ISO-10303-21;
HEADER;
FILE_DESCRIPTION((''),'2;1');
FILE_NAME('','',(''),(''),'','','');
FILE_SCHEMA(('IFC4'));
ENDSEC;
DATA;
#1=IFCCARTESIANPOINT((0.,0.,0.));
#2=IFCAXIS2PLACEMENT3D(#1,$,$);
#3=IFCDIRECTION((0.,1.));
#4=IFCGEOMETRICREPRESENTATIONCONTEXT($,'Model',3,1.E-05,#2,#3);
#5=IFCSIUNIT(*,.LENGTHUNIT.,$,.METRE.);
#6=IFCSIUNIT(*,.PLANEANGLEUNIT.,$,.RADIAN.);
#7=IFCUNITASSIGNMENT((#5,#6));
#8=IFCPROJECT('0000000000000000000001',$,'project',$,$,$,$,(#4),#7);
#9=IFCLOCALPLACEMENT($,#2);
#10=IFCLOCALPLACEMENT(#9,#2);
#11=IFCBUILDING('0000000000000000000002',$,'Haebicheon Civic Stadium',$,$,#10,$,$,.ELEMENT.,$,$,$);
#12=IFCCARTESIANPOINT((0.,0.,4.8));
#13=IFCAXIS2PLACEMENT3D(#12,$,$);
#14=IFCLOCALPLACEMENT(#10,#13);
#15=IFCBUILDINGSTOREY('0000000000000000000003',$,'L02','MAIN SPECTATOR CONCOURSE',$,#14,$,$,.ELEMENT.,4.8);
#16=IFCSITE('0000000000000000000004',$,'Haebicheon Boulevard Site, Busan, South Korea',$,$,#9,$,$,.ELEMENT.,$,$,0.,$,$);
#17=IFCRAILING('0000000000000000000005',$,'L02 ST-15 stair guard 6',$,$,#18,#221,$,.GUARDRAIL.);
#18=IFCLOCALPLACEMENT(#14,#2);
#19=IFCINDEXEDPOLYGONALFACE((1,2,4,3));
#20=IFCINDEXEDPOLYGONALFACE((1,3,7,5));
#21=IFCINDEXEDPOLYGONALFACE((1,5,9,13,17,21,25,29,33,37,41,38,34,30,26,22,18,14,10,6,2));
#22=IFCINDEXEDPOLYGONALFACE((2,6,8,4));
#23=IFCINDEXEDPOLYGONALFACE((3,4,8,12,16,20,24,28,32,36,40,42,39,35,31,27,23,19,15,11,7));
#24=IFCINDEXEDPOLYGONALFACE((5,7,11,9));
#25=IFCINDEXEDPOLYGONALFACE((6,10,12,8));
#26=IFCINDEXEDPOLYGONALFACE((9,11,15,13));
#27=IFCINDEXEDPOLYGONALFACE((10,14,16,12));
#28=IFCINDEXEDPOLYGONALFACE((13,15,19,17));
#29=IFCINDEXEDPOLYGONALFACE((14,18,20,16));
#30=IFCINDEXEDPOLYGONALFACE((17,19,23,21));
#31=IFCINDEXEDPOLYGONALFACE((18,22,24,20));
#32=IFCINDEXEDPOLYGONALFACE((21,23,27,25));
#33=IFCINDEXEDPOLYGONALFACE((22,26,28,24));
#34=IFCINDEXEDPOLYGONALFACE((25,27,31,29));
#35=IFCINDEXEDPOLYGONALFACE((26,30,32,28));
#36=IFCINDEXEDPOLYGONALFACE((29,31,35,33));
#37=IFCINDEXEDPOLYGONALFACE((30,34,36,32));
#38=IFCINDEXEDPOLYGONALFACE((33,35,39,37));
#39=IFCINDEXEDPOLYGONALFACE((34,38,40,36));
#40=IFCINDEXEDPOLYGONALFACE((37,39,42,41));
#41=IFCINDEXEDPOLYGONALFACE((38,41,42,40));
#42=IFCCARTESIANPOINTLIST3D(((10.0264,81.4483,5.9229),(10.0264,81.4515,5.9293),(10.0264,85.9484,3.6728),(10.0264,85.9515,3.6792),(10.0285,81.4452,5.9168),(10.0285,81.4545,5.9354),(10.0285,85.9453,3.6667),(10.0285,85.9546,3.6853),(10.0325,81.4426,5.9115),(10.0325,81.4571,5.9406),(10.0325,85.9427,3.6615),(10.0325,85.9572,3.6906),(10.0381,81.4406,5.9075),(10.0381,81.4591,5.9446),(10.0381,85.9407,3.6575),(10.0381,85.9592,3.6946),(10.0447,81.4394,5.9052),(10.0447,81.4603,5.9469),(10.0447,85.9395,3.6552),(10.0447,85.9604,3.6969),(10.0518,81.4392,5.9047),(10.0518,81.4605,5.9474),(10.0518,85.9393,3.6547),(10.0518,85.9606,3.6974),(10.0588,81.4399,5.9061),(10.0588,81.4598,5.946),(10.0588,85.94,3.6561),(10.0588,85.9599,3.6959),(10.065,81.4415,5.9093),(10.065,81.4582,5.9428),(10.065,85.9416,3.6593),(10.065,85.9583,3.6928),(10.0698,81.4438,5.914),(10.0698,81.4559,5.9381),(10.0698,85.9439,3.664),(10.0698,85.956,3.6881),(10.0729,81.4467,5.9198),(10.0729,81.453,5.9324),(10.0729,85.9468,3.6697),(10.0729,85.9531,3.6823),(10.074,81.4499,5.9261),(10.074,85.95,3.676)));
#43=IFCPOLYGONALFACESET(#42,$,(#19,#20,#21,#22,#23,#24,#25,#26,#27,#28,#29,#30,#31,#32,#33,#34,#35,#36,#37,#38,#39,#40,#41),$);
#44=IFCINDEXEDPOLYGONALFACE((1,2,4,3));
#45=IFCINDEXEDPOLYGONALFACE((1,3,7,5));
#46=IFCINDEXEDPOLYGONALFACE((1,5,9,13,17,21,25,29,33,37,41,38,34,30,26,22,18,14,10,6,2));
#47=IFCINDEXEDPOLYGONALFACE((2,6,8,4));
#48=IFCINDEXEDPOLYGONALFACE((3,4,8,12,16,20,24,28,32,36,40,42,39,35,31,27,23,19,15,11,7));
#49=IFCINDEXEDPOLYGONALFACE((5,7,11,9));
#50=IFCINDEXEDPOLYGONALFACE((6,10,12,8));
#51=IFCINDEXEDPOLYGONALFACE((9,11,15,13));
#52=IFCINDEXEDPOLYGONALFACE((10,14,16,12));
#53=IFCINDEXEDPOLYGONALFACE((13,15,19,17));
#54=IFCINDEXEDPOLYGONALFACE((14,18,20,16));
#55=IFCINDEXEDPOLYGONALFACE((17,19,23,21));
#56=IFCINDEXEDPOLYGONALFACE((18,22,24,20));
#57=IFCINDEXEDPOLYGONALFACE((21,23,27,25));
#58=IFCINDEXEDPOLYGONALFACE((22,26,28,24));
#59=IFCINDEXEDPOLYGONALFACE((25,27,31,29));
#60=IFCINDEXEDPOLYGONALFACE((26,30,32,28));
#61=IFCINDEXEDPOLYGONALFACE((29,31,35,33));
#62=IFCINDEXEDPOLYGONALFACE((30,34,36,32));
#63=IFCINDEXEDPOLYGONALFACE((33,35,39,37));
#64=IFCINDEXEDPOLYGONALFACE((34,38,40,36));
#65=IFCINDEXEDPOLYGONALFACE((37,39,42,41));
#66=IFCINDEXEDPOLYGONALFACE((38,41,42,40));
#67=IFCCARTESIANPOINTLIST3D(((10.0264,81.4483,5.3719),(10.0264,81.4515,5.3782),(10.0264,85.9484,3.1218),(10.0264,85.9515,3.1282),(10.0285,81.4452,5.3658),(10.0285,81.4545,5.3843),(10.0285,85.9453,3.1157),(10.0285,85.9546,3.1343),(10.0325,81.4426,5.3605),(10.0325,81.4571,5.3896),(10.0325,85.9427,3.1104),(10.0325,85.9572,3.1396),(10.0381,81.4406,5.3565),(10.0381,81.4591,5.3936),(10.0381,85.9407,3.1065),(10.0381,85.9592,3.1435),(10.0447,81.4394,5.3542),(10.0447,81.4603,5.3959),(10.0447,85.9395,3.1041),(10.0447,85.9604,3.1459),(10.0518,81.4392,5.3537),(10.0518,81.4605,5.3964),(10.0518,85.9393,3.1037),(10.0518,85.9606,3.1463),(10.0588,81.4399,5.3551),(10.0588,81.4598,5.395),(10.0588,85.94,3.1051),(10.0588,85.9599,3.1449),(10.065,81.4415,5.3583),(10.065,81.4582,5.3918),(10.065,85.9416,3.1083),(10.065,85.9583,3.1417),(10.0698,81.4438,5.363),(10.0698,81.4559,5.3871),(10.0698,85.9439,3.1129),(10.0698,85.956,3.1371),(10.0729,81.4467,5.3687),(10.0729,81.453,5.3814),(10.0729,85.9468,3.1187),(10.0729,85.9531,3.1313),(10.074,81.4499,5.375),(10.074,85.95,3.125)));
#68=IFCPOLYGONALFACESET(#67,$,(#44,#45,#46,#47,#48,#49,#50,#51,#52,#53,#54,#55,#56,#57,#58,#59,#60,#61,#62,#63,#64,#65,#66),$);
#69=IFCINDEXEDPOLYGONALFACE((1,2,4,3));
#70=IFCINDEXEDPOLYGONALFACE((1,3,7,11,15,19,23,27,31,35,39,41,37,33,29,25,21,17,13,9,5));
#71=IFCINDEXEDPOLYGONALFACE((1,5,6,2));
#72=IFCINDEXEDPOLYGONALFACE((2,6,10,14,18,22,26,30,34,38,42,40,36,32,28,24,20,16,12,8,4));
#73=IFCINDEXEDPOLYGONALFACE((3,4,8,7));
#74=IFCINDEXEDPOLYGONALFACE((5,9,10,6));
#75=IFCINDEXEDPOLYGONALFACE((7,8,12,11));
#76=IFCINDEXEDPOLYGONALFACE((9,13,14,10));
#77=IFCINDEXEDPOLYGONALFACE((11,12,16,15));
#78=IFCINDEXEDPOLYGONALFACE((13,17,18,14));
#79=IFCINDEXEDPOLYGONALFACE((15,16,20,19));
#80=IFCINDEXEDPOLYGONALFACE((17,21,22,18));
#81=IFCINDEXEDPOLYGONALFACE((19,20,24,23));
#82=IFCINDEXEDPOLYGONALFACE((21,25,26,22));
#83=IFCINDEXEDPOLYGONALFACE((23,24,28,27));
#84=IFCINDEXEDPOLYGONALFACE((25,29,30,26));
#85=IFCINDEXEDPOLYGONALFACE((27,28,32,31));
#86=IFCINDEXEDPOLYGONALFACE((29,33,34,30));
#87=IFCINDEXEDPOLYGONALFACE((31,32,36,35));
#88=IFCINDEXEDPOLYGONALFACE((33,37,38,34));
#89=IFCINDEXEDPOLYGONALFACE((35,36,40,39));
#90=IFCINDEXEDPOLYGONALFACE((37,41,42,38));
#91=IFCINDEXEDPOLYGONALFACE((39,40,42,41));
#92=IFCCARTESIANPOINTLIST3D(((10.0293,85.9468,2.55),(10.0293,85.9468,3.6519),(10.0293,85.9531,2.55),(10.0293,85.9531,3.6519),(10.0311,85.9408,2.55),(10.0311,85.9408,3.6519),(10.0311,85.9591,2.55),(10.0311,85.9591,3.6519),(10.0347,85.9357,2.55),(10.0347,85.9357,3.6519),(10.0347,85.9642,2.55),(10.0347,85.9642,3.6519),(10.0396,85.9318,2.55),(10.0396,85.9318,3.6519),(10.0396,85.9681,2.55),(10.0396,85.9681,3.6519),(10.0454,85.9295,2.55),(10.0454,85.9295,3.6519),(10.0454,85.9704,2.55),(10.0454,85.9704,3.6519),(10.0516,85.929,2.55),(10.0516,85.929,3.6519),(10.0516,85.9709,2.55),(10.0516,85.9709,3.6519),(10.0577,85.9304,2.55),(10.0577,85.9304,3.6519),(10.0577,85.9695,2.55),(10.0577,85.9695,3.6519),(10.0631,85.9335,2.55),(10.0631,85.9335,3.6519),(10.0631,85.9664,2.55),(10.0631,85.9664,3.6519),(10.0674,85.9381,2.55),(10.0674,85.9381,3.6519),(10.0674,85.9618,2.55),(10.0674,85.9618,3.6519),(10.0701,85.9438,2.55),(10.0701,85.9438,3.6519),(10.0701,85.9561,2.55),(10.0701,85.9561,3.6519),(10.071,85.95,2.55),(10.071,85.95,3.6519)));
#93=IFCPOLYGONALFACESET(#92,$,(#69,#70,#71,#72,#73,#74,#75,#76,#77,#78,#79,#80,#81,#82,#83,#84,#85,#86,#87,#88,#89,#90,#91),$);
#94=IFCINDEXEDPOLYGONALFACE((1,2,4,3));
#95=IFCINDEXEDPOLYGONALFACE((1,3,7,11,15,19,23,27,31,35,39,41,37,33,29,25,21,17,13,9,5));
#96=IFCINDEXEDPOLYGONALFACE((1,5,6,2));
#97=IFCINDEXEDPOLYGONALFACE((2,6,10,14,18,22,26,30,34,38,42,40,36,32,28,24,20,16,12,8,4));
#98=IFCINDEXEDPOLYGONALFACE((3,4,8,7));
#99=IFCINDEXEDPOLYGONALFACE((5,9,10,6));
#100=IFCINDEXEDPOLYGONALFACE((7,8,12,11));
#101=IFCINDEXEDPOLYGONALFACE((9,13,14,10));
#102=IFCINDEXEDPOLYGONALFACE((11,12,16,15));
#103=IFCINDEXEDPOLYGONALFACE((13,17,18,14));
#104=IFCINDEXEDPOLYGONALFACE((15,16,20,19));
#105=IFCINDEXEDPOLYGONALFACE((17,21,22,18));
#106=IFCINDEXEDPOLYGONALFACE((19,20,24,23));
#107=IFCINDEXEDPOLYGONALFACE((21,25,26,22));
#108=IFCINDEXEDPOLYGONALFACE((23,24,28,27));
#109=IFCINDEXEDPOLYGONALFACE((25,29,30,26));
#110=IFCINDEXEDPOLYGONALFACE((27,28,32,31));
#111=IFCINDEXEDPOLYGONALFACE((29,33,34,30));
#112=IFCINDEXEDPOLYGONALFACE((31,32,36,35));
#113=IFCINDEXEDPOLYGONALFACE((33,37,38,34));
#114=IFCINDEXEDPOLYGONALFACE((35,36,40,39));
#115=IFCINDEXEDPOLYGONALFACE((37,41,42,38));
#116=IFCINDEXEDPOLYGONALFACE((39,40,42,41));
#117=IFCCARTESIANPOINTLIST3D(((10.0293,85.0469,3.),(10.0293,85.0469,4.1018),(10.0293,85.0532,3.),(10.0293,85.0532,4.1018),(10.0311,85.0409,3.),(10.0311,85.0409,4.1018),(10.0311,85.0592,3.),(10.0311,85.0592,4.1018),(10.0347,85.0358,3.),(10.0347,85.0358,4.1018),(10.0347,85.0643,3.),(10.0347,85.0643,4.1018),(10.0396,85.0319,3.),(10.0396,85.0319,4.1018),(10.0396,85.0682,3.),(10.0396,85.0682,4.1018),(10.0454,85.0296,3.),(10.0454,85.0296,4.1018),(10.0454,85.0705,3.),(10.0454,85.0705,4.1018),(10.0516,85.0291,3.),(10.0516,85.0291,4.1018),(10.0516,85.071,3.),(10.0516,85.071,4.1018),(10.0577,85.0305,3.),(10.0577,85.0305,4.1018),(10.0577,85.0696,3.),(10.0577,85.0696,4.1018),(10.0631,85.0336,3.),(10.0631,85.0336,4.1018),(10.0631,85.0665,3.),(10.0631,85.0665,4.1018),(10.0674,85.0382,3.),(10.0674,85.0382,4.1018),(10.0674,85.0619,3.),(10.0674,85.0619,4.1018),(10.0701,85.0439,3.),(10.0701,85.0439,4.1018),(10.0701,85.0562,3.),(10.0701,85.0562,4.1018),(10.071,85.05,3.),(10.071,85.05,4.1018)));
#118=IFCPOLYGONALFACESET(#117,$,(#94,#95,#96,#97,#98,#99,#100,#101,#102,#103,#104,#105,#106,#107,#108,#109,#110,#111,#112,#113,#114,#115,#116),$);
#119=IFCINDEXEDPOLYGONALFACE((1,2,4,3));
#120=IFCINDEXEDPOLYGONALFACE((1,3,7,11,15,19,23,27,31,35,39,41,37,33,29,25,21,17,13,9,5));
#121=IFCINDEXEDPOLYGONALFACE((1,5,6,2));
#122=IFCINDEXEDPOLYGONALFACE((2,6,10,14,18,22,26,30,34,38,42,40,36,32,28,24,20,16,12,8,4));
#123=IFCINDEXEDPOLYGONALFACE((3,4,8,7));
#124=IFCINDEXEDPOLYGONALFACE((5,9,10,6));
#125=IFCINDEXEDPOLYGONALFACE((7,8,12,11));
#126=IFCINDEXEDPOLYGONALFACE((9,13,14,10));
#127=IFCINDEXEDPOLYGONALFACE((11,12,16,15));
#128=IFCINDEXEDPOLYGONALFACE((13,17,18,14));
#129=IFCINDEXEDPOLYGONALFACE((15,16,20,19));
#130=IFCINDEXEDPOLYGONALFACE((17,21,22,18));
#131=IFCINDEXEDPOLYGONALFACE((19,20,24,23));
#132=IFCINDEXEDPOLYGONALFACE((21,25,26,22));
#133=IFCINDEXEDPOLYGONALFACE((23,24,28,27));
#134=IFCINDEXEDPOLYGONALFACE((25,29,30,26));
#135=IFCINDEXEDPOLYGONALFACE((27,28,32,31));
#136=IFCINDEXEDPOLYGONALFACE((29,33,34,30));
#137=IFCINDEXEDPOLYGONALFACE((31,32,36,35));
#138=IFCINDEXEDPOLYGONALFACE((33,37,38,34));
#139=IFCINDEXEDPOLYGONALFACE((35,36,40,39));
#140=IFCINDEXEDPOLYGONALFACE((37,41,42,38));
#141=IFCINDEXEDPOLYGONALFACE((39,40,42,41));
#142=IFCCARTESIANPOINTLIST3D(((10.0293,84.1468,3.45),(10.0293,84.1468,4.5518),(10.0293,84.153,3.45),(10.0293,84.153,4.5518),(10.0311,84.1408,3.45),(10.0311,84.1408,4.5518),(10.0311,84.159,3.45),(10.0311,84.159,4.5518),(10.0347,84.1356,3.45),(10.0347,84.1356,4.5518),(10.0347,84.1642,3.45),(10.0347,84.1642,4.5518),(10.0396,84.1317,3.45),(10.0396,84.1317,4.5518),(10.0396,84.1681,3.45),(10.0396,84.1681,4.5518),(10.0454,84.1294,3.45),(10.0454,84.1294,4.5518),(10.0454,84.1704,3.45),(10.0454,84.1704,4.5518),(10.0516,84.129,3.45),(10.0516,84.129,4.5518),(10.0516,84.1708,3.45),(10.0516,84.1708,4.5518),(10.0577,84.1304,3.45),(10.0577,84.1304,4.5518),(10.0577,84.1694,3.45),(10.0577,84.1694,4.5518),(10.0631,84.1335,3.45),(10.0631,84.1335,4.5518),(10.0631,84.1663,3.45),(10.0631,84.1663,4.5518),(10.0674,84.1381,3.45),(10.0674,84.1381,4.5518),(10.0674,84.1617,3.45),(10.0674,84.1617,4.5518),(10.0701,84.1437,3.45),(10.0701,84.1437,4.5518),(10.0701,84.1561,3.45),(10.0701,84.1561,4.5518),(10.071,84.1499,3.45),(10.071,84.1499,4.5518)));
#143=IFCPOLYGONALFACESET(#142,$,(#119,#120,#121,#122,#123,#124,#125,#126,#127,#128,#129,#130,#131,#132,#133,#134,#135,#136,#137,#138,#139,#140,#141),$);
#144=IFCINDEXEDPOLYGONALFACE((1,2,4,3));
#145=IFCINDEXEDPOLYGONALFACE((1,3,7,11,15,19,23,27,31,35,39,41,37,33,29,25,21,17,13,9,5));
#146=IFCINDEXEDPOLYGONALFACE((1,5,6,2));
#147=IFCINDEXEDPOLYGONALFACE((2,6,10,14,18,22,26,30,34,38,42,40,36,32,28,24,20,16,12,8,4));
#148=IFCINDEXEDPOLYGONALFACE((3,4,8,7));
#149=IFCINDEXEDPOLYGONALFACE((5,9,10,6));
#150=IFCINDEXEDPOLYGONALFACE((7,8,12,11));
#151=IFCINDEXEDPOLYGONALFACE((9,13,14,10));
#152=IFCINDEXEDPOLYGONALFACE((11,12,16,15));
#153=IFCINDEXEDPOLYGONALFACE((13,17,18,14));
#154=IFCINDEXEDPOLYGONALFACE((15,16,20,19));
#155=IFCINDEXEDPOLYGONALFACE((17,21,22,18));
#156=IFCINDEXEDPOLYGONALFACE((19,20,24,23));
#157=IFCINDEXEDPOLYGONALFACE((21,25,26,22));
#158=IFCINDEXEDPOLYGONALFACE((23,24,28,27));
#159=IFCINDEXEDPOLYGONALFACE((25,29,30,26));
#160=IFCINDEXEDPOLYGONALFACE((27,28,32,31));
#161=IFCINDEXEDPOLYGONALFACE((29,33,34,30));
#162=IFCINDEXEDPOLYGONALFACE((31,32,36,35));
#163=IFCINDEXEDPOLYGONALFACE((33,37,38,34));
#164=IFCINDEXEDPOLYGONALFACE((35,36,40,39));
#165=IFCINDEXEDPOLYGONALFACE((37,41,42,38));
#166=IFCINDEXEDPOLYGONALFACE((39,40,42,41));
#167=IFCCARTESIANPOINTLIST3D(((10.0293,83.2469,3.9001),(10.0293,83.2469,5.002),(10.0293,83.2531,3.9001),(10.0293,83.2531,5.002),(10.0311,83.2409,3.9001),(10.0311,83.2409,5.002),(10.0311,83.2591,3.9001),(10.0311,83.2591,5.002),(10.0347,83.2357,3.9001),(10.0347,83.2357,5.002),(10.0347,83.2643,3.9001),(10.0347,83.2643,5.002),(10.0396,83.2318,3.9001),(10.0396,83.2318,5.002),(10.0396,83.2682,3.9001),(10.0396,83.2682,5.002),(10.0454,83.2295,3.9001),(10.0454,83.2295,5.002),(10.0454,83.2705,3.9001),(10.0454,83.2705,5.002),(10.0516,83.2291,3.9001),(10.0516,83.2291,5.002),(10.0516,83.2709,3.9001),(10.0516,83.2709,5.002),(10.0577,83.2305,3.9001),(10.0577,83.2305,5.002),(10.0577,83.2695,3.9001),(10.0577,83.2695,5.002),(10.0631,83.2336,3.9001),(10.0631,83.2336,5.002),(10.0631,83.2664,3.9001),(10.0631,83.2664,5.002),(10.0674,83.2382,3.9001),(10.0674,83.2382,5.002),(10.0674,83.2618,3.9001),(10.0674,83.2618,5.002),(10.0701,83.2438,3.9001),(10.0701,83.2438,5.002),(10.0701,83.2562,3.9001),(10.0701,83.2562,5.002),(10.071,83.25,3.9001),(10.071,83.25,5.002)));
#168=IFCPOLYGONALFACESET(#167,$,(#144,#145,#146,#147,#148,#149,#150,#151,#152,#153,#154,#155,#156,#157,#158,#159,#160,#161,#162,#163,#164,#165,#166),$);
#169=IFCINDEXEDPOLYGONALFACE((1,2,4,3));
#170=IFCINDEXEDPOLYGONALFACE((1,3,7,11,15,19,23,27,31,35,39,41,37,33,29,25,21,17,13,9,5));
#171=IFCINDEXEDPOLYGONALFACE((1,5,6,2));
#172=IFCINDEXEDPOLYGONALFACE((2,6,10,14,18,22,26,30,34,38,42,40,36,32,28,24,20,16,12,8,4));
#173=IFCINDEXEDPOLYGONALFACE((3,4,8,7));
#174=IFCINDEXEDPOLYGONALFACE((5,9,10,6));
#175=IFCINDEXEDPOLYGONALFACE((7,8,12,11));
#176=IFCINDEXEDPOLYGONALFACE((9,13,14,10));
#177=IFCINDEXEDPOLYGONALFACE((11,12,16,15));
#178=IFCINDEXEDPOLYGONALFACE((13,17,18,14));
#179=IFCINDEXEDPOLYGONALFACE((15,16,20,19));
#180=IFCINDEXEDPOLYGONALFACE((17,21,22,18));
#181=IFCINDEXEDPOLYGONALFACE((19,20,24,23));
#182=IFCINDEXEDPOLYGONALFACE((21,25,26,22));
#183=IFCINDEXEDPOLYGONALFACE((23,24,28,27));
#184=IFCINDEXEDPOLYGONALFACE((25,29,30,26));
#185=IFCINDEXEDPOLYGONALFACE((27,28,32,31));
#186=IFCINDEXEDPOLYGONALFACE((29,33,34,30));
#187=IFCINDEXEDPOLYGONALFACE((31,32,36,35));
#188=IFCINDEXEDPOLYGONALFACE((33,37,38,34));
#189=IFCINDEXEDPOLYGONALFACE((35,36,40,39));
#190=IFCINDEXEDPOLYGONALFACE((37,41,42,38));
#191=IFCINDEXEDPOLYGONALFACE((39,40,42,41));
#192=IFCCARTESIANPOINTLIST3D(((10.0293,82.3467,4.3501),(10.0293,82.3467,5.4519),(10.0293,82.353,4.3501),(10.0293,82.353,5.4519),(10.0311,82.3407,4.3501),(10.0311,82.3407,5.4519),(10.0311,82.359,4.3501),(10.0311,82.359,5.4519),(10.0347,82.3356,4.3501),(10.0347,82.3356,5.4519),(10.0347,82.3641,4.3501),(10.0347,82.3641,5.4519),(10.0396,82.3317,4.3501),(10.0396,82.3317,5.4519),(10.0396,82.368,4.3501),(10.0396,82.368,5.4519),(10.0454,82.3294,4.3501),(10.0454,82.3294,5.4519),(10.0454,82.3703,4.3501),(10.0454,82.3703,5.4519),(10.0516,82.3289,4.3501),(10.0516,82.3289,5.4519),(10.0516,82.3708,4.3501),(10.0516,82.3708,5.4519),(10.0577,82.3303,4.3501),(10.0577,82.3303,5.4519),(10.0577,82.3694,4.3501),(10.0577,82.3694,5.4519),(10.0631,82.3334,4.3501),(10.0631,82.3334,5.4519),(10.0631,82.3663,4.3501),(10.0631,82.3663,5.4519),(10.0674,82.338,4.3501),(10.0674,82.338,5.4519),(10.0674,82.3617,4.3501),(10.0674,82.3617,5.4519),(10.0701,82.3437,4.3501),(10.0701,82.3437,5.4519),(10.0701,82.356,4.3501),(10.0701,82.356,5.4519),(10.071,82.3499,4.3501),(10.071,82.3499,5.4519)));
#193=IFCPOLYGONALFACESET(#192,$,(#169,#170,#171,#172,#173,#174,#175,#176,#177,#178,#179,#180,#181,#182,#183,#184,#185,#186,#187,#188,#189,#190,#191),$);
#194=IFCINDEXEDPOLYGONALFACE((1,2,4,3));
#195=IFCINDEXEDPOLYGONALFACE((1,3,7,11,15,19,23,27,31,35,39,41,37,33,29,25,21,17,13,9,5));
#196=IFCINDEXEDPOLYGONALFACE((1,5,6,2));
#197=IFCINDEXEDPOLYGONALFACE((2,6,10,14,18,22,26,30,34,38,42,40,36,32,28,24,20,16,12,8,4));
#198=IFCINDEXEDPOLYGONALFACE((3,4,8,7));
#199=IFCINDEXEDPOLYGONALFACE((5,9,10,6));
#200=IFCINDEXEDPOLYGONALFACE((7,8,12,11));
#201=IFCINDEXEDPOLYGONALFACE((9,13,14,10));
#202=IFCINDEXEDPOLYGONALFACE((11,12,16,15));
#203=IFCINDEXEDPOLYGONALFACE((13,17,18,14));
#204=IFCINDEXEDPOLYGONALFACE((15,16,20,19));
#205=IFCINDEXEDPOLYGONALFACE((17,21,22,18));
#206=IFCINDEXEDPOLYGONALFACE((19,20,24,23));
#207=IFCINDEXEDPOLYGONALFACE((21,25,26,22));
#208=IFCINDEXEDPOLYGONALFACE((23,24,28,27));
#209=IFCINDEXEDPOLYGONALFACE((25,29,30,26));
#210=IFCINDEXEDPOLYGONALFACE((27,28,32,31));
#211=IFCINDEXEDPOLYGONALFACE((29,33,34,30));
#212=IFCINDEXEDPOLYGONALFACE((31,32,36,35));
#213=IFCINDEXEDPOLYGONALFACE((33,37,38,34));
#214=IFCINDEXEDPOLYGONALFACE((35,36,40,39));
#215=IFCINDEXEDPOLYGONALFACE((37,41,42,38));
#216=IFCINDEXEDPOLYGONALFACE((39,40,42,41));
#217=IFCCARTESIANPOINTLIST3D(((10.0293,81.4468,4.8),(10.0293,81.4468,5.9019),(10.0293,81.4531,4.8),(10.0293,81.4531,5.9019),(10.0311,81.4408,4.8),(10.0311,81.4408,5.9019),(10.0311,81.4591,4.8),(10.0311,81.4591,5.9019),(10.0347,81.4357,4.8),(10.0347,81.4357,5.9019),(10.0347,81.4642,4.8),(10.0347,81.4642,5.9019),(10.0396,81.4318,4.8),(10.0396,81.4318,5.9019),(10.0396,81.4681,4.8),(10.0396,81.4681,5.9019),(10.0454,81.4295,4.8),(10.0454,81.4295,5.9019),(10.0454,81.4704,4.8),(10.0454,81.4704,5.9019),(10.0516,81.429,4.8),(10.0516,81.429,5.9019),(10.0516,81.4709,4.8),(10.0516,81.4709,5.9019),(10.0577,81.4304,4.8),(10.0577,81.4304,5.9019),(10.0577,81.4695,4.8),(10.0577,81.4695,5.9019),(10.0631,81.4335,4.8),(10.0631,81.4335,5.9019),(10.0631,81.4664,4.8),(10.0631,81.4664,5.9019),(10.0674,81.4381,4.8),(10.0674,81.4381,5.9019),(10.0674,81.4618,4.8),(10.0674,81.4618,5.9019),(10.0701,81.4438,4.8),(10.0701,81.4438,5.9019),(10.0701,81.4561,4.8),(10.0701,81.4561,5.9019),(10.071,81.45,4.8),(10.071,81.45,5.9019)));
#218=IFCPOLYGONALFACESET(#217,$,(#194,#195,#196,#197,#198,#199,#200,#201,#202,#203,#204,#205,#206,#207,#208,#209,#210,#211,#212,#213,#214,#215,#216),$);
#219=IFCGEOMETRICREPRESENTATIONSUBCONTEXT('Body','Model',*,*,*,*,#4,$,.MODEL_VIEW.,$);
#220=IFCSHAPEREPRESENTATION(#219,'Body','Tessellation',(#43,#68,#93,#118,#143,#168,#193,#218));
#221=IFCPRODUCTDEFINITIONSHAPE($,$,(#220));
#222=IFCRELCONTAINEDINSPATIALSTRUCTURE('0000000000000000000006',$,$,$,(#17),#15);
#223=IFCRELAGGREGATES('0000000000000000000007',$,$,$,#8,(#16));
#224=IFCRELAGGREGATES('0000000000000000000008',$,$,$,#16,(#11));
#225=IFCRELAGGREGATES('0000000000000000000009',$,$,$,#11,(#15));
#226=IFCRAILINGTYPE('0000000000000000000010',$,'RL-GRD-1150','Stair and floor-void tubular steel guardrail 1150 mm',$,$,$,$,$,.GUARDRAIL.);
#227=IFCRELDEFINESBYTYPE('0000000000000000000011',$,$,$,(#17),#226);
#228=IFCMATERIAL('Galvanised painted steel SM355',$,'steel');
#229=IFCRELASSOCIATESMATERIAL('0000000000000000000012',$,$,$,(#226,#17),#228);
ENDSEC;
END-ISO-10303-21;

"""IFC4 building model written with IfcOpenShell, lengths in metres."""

from ifc_helpers import new_model, si_unit, direction, frame, origin, origin_2d, place, context, subcontext, project, spatial, circle, extrude, material, type_object, element, save


model = new_model("IFC4")

# Units and contexts
model_context = context("Model", 3, precision=1e-05, world=origin(), true_north=direction((0.0, 1.0)))
body_context = subcontext(model_context, "Body", "Model", "MODEL_VIEW")
ifc_project = project(units=[si_unit("LENGTHUNIT", "METRE"), si_unit("PLANEANGLEUNIT", "RADIAN")], contexts=[model_context])

# Site, building, storey
site_placement = place(None, origin())
site = spatial("IfcSite", under=ifc_project, at=site_placement, Name="Haebicheon Boulevard Site, Busan, South Korea", CompositionType="ELEMENT", RefElevation=0.0)
building_placement = place(site_placement, origin())
building = spatial("IfcBuilding", under=site, at=building_placement, Name="Haebicheon Civic Stadium", CompositionType="ELEMENT")
storey_placement = place(building_placement, frame((0.0, 0.0, 4.8)))
storey = spatial("IfcBuildingStorey", under=building, at=storey_placement, Name="L02", Description="MAIN SPECTATOR CONCOURSE", CompositionType="ELEMENT", Elevation=4.8)

# Railing
ifc_material_1 = material(Name="Galvanised painted steel SM355", Category="steel")
railing_type_1 = type_object("IfcRailingType", Name="RL-GRD-1150", Description="Stair and floor-void tubular steel guardrail 1150 mm", PredefinedType="GUARDRAIL", material=ifc_material_1)
railing_1_placement = place(storey_placement, frame((10.05, 85.95, 2.55)))
element("IfcRailing", 1, at=railing_1_placement, inside=storey, type_object=railing_type_1, material=ifc_material_1, Name="L02 ST-15 stair guard 6", PredefinedType="GUARDRAIL", context=body_context, shape_type="SweptSolid", body=[
    extrude(circle(Radius=0.0239, at=origin_2d()), frame((0.0, 0.0, 1.126), z_axis=(0.0, -0.894427, 0.447214), x_axis=(1.0, 0.0, 0.0)), (0.0, 0.0, 1.0), 5.0312),
    extrude(circle(Radius=0.0239, at=origin_2d()), frame((0.0, 0.0, 0.575), z_axis=(0.0, -0.894427, 0.447214), x_axis=(1.0, 0.0, 0.0)), (0.0, 0.0, 1.0), 5.0312),
    extrude(circle(Radius=0.021, at=origin_2d()), origin(), (0.0, 0.0, 1.0), 1.1018),
    extrude(circle(Radius=0.021, at=origin_2d()), frame((0.0, -0.8999, 0.45)), (0.0, 0.0, 1.0), 1.1018),
    extrude(circle(Radius=0.021, at=origin_2d()), frame((0.0, -1.8, 0.8999)), (0.0, 0.0, 1.0), 1.1018),
    extrude(circle(Radius=0.021, at=origin_2d()), frame((0.0, -2.7, 1.3501)), (0.0, 0.0, 1.0), 1.1018),
    extrude(circle(Radius=0.021, at=origin_2d()), frame((0.0, -3.6001, 1.8)), (0.0, 0.0, 1.0), 1.1018),
    extrude(circle(Radius=0.021, at=origin_2d()), frame((0.0, -4.5, 2.25)), (0.0, 0.0, 1.0), 1.1018),
])

save(model, "model.ifc")
